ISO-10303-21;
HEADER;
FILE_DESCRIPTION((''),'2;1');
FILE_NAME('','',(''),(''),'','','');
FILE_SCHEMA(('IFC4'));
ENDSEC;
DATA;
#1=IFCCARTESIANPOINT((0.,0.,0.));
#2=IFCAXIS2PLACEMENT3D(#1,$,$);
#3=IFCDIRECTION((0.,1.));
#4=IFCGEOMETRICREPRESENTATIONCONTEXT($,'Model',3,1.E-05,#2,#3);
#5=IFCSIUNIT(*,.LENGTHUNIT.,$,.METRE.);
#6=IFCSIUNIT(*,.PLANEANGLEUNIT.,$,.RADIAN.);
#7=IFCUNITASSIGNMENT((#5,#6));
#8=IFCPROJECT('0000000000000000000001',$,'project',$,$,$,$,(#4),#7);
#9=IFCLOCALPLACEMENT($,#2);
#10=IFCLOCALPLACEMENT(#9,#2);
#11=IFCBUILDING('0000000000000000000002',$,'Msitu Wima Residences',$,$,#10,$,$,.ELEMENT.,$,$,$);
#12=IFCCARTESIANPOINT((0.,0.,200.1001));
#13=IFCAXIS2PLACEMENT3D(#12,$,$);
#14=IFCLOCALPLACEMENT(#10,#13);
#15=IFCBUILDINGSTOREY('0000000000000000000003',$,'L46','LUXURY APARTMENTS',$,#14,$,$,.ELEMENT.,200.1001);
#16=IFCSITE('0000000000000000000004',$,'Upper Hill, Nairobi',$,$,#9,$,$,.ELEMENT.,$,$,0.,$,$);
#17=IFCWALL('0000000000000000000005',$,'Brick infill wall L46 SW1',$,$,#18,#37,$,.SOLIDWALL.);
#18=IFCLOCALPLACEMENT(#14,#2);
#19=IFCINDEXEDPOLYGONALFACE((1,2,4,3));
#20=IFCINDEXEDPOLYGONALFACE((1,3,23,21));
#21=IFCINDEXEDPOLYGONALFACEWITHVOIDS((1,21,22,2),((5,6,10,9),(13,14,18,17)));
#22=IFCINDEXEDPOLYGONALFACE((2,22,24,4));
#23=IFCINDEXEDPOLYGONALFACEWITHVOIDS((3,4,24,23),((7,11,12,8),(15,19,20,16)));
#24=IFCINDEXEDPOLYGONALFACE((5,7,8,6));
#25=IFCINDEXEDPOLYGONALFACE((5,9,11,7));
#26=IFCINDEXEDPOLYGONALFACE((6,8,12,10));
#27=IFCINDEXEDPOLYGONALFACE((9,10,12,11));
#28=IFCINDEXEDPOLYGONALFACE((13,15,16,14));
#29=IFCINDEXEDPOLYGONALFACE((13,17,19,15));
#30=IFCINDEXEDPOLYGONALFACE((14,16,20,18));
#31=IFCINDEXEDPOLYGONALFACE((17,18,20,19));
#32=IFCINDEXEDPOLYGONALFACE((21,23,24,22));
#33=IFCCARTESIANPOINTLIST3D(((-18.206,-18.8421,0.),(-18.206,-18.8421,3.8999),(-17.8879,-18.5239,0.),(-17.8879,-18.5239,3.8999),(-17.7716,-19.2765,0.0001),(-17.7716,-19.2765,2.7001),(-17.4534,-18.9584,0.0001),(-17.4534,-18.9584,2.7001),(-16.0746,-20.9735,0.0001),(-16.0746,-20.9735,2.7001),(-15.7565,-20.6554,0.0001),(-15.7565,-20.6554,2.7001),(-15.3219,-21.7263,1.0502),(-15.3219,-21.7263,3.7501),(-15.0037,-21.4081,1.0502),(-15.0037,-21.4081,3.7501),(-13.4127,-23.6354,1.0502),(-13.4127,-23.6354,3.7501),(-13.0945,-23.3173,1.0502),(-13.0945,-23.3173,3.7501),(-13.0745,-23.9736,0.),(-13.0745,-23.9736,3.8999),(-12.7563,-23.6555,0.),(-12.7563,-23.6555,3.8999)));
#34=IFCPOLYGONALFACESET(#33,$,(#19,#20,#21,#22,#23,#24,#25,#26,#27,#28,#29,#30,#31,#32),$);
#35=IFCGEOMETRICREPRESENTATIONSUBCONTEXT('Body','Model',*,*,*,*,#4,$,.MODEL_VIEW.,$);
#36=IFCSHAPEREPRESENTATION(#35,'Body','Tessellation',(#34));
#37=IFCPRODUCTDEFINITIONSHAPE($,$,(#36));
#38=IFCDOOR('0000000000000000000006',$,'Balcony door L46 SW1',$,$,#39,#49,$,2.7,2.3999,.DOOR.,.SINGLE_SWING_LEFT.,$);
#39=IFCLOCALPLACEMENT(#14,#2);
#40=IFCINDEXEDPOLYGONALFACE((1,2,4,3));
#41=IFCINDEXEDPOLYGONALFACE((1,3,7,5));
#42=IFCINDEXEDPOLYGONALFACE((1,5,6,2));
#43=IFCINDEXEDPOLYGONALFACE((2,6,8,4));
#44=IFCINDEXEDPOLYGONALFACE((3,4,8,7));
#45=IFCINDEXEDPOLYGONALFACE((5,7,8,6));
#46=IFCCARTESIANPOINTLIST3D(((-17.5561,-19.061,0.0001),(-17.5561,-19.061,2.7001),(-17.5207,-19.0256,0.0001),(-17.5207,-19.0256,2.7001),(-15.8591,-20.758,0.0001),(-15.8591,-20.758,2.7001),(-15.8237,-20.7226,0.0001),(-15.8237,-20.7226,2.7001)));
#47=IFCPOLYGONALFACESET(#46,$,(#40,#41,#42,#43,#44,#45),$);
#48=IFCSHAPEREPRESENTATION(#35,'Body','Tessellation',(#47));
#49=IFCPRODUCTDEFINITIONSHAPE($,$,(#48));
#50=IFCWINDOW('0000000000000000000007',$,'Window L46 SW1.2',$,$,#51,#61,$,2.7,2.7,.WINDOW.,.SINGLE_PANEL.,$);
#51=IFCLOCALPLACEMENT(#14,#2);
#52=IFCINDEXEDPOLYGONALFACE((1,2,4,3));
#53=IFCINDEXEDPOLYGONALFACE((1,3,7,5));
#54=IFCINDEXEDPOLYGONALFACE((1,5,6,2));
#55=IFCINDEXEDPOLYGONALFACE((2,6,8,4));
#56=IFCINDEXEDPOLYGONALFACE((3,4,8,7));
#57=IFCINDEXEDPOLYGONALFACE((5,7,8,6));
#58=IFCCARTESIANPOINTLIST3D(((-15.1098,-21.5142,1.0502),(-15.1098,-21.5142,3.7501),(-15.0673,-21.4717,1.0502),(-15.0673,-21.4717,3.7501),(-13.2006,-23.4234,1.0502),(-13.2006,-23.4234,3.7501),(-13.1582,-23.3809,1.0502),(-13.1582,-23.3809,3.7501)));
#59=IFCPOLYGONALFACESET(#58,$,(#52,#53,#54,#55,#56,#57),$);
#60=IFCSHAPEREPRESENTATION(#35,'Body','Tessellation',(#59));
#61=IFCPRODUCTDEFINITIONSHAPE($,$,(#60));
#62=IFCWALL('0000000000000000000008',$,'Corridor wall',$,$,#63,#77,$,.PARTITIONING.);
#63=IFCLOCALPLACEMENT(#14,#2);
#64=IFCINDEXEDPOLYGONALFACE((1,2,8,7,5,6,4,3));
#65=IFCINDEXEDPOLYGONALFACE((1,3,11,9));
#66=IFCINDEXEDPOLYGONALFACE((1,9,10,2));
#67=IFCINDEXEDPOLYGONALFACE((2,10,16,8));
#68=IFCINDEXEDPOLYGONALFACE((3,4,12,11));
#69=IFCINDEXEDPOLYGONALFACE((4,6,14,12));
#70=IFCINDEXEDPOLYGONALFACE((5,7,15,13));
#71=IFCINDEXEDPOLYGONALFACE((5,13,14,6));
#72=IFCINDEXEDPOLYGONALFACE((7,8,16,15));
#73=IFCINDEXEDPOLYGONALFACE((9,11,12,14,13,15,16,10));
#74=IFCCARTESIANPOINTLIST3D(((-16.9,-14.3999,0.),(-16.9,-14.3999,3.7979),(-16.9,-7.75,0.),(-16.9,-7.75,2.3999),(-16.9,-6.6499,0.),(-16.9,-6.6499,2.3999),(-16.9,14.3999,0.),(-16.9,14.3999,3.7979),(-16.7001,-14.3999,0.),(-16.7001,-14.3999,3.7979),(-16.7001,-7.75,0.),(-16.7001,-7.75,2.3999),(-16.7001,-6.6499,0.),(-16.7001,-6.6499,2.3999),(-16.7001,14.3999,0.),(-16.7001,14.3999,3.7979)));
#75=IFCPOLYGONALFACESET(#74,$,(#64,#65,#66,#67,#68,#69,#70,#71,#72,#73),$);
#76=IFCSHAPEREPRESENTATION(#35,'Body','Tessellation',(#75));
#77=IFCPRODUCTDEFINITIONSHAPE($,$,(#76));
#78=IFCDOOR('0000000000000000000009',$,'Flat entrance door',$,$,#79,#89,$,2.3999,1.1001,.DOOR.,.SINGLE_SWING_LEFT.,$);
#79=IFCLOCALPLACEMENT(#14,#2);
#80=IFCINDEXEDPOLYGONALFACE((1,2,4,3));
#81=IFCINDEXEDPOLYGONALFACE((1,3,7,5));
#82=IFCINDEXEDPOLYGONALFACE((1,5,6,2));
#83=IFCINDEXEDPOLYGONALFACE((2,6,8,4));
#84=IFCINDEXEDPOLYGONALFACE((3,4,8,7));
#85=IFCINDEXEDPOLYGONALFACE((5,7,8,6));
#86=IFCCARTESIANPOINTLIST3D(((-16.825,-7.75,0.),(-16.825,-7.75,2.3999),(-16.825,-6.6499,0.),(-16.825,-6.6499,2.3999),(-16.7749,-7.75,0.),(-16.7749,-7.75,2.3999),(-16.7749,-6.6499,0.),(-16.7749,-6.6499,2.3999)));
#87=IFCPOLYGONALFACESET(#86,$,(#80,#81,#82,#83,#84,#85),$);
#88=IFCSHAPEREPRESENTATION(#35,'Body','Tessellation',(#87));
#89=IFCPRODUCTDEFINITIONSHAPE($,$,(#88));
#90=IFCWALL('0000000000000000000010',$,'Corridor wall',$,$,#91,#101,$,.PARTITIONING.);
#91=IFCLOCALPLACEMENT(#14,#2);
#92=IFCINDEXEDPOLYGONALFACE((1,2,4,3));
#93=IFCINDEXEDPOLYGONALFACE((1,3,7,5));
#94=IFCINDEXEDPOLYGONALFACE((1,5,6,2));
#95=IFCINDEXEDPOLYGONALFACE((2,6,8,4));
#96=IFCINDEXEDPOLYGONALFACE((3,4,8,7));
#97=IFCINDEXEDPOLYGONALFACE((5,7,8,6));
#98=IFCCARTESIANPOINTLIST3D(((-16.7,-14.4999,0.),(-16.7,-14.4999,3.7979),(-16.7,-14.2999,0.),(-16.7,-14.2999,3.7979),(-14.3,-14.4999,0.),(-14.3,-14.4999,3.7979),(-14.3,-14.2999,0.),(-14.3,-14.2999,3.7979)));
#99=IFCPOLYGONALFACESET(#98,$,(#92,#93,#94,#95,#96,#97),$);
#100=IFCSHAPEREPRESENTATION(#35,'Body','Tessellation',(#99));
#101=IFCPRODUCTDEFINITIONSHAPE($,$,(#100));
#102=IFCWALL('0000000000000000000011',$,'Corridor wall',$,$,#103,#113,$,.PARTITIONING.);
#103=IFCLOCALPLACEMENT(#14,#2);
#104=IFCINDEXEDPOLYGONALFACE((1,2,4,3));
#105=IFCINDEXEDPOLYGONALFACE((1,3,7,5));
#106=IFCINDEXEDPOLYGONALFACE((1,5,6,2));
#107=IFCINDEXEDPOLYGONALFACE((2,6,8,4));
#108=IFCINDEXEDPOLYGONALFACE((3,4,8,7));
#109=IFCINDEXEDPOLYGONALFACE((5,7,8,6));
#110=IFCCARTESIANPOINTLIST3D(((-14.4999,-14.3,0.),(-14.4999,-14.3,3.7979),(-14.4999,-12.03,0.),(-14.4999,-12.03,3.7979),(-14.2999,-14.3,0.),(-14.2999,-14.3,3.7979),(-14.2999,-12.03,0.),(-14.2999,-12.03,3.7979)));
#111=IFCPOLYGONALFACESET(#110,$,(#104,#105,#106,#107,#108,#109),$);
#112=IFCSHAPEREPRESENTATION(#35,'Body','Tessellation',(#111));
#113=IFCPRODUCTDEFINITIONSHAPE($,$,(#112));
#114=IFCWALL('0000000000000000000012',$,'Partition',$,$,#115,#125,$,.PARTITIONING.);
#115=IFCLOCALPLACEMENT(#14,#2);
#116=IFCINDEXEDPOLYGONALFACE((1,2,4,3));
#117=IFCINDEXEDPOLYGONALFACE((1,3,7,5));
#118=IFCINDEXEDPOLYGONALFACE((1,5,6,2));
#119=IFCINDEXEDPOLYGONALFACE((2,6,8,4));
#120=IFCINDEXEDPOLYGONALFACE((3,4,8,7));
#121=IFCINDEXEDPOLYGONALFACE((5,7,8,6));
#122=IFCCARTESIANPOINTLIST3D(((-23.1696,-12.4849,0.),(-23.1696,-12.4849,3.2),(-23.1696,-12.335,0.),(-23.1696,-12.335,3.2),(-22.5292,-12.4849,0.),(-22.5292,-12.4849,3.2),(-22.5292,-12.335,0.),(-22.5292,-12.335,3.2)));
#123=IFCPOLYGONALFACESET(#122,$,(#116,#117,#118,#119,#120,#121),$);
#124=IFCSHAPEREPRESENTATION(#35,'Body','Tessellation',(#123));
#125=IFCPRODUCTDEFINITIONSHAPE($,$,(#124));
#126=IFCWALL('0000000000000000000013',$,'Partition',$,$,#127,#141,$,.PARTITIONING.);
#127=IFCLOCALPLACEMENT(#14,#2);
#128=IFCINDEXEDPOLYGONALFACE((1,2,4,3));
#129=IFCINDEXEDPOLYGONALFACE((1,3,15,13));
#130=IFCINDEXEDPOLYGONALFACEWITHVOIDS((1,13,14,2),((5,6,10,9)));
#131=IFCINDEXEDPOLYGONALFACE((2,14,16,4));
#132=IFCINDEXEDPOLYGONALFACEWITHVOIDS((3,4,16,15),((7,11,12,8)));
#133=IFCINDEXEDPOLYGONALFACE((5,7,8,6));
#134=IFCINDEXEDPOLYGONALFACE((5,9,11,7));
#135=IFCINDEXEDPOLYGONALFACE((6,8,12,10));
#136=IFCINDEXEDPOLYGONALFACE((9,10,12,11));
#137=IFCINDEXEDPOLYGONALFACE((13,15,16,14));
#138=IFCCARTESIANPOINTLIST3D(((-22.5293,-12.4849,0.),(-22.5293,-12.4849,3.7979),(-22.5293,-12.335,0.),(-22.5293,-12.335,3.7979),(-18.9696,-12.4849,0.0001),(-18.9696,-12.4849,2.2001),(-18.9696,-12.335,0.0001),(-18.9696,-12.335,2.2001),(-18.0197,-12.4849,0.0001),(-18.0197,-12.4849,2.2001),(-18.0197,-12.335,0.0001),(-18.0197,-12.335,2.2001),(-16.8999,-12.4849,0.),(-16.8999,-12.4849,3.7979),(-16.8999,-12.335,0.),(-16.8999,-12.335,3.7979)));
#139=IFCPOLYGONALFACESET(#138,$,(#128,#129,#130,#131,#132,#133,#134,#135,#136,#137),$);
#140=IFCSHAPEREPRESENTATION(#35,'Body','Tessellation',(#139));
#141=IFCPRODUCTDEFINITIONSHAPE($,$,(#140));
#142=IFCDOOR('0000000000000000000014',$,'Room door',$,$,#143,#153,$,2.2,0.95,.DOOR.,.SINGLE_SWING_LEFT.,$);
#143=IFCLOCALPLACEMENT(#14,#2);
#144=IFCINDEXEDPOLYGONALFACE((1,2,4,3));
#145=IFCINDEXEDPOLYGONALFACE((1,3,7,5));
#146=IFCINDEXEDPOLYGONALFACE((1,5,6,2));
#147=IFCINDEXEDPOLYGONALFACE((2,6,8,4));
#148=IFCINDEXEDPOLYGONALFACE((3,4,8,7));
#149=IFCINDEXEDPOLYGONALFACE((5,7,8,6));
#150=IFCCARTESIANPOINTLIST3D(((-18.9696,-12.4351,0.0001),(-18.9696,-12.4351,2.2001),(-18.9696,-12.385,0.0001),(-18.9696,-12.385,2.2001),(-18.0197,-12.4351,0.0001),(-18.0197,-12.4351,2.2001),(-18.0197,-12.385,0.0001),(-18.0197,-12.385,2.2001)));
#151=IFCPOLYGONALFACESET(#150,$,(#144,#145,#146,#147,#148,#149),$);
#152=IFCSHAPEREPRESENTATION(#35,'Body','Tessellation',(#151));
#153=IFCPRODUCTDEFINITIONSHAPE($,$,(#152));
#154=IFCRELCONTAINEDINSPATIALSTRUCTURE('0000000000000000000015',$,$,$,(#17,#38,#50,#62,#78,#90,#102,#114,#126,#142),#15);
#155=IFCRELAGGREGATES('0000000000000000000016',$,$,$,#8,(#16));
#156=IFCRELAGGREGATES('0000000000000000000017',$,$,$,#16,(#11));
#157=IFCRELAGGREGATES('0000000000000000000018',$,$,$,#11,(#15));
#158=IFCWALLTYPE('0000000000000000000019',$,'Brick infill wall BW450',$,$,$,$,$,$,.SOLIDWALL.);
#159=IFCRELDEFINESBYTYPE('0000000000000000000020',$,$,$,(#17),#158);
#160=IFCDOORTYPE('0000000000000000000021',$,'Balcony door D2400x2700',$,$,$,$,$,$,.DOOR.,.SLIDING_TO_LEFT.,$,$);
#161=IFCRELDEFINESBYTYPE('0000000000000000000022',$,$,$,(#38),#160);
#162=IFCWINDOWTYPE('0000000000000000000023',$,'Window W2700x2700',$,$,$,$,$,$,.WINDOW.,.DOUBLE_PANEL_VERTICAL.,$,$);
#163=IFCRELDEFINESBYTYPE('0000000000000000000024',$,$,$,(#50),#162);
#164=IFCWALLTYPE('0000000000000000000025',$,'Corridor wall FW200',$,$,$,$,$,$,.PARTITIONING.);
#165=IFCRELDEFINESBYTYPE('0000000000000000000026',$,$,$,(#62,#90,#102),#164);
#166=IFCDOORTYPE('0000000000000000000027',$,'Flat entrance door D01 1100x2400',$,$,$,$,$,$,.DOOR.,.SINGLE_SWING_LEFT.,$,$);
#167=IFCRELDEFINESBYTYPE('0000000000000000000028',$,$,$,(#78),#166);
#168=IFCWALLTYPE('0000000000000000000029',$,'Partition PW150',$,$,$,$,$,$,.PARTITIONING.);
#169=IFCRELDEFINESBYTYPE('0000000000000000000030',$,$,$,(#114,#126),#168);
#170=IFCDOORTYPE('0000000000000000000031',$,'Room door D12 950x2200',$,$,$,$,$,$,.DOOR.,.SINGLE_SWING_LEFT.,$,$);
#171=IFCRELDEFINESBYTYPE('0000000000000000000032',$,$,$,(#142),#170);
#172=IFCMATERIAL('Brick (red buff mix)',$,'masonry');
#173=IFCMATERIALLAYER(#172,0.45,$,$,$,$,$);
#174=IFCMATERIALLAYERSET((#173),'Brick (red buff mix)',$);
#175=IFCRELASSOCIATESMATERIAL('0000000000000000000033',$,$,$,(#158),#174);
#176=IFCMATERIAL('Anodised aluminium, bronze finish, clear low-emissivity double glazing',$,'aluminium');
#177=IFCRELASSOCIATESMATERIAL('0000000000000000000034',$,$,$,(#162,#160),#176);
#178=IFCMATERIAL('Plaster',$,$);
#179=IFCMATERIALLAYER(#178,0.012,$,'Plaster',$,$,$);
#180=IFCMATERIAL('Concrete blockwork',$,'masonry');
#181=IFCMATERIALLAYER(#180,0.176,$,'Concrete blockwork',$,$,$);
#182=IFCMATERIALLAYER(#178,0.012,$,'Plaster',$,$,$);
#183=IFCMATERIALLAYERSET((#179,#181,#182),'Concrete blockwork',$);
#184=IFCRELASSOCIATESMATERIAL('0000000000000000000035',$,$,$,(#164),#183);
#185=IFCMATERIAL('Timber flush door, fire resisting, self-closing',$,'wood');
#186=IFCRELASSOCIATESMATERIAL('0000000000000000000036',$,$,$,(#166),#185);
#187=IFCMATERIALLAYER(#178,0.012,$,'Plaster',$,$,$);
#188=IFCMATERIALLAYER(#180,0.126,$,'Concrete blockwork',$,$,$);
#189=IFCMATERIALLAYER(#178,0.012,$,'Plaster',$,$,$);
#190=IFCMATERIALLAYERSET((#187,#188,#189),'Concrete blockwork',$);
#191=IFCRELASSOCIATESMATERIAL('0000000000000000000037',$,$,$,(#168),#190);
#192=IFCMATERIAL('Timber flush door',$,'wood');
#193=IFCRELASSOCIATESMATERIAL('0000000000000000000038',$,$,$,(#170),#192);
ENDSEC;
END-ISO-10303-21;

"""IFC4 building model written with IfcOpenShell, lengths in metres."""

from ifc_helpers import new_model, si_unit, direction, frame, frame_2d, origin, place, context, subcontext, project, spatial, rectangle, extrude, material, layer, layer_set, type_object, element, fill, save


model = new_model("IFC4")

# Units and contexts
model_context = context("Model", 3, precision=1e-05, world=origin(), true_north=direction((0.0, 1.0)))
body_context = subcontext(model_context, "Body", "Model", "MODEL_VIEW")
ifc_project = project(units=[si_unit("LENGTHUNIT", "METRE"), si_unit("PLANEANGLEUNIT", "RADIAN")], contexts=[model_context])

# Site, building, storey
site_placement = place(None, origin())
site = spatial("IfcSite", under=ifc_project, at=site_placement, Name="Upper Hill, Nairobi", CompositionType="ELEMENT", RefElevation=0.0)
building_placement = place(site_placement, origin())
building = spatial("IfcBuilding", under=site, at=building_placement, Name="Msitu Wima Residences", CompositionType="ELEMENT")
storey_placement = place(building_placement, frame((0.0, 0.0, 200.1001)))
storey = spatial("IfcBuildingStorey", under=building, at=storey_placement, Name="L46", Description="LUXURY APARTMENTS", CompositionType="ELEMENT", Elevation=200.1001)

# Shared definitions
ifc_material_1 = material(Name="Brick (red buff mix)", Category="masonry")
ifc_layer_1 = layer(ifc_material_1, 0.45)
ifc_layer_set_1 = layer_set([ifc_layer_1], Name="Brick (red buff mix)")
wall_type_1 = type_object("IfcWallType", Name="Brick infill wall BW450", PredefinedType="SOLIDWALL", material=ifc_layer_set_1)
ifc_material_2 = material(Name="Anodised aluminium, bronze finish, clear low-emissivity double glazing", Category="aluminium")
window_type = type_object("IfcWindowType", Name="Window W2700x2700", PartitioningType="DOUBLE_PANEL_VERTICAL", PredefinedType="WINDOW", material=ifc_material_2)

# Wall, openings, door, window
wall_1_placement = place(storey_placement, frame((-18.0469, -18.6831, 0.0), z_axis=(0.0, 0.0, 1.0), x_axis=(0.707107, -0.707107, 0.0)))
wall_1 = element("IfcWall", 1, at=wall_1_placement, inside=storey, type_object=wall_type_1, Name="Brick infill wall L46 SW1", PredefinedType="SOLIDWALL", context=body_context, shape_type="SweptSolid", body=[
    extrude(rectangle(XDim=7.2571, YDim=0.45, at=frame_2d((3.6284, 0.0))), origin(), (0.0, 0.0, 1.0), 3.8999),
])
opening_1_placement = place(wall_1_placement, frame((0.6143, 0.0, 0.0)))
opening_1 = element("IfcOpeningElement", 2, at=opening_1_placement, cuts=wall_1, PredefinedType="OPENING", context=body_context, shape_type="SweptSolid", body=[
    extrude(rectangle(XDim=2.3999, YDim=2.7, at=frame_2d((1.2, 1.3501))), frame((0.0, 0.2349, 0.0), z_axis=(0.0, -1.0, 0.0), x_axis=(1.0, 0.0, 0.0)), (0.0, 0.0, 1.0), 0.47),
])
opening_2_placement = place(wall_1_placement, frame((4.0786, 0.0, 1.05)))
opening_2 = element("IfcOpeningElement", 3, at=opening_2_placement, cuts=wall_1, PredefinedType="OPENING", context=body_context, shape_type="SweptSolid", body=[
    extrude(rectangle(XDim=2.7, YDim=2.7, at=frame_2d((1.3501, 1.3501))), frame((0.0, 0.2349, 0.0), z_axis=(0.0, -1.0, 0.0), x_axis=(1.0, 0.0, 0.0)), (0.0, 0.0, 1.0), 0.47),
])
door_type_1 = type_object("IfcDoorType", Name="Balcony door D2400x2700", OperationType="SLIDING_TO_LEFT", PredefinedType="DOOR", material=ifc_material_2)
door_1_placement = place(opening_1_placement, origin())
door_1 = element("IfcDoor", 4, at=door_1_placement, inside=storey, type_object=door_type_1, Name="Balcony door L46 SW1", OperationType="SINGLE_SWING_LEFT", OverallHeight=2.7, OverallWidth=2.3999, PredefinedType="DOOR", context=body_context, shape_type="SweptSolid", body=[
    extrude(rectangle(XDim=2.3999, YDim=2.7, at=frame_2d((1.2, 1.3501))), frame((0.0, 0.1299, 0.0), z_axis=(0.0, -1.0, 0.0), x_axis=(1.0, 0.0, 0.0)), (0.0, 0.0, 1.0), 0.05),
])
fill(opening_1, door_1)
window_1_placement = place(opening_2_placement, origin())
window_1 = element("IfcWindow", 5, at=window_1_placement, inside=storey, type_object=window_type, Name="Window L46 SW1.2", OverallHeight=2.7, OverallWidth=2.7, PartitioningType="SINGLE_PANEL", PredefinedType="WINDOW", context=body_context, shape_type="SweptSolid", body=[
    extrude(rectangle(XDim=2.7, YDim=2.7, at=frame_2d((1.3501, 1.3501))), frame((0.0, 0.135, 0.0), z_axis=(0.0, -1.0, 0.0), x_axis=(1.0, 0.0, 0.0)), (0.0, 0.0, 1.0), 0.0601),
])
fill(opening_2, window_1)

# Wall, opening, door
ifc_material_3 = material(Name="Plaster")
ifc_layer_2 = layer(ifc_material_3, 0.012, Name="Plaster")
ifc_material_4 = material(Name="Concrete blockwork", Category="masonry")
ifc_layer_3 = layer(ifc_material_4, 0.176, Name="Concrete blockwork")
ifc_layer_4 = layer(ifc_material_3, 0.012, Name="Plaster")
ifc_layer_set_2 = layer_set([ifc_layer_2, ifc_layer_3, ifc_layer_4], Name="Concrete blockwork")
wall_type_2 = type_object("IfcWallType", Name="Corridor wall FW200", PredefinedType="PARTITIONING", material=ifc_layer_set_2)
wall_2_placement = place(storey_placement, frame((-16.8, -14.3999, 0.0), z_axis=(0.0, 0.0, 1.0), x_axis=(0.0, 1.0, 0.0)))
wall_2 = element("IfcWall", 6, at=wall_2_placement, inside=storey, type_object=wall_type_2, Name="Corridor wall", PredefinedType="PARTITIONING", context=body_context, shape_type="SweptSolid", body=[
    extrude(rectangle(XDim=28.7998, YDim=0.2, at=frame_2d((14.3999, 0.0))), origin(), (0.0, 0.0, 1.0), 3.7979),
])
opening_3_placement = place(wall_2_placement, frame((6.6499, 0.0, 0.0)))
opening_3 = element("IfcOpeningElement", 7, at=opening_3_placement, cuts=wall_2, PredefinedType="OPENING", context=body_context, shape_type="SweptSolid", body=[
    extrude(rectangle(XDim=1.1001, YDim=2.3999, at=frame_2d((0.55, 1.2))), frame((0.0, 0.1099, 0.0), z_axis=(0.0, -1.0, 0.0), x_axis=(1.0, 0.0, 0.0)), (0.0, 0.0, 1.0), 0.22),
])
ifc_material_5 = material(Name="Timber flush door, fire resisting, self-closing", Category="wood")
door_type_2 = type_object("IfcDoorType", Name="Flat entrance door D01 1100x2400", OperationType="SINGLE_SWING_LEFT", PredefinedType="DOOR", material=ifc_material_5)
door_2_placement = place(opening_3_placement, origin())
door_2 = element("IfcDoor", 8, at=door_2_placement, inside=storey, type_object=door_type_2, Name="Flat entrance door", OperationType="SINGLE_SWING_LEFT", OverallHeight=2.3999, OverallWidth=1.1001, PredefinedType="DOOR", context=body_context, shape_type="SweptSolid", body=[
    extrude(rectangle(XDim=1.1001, YDim=2.3999, at=frame_2d((0.55, 1.2))), frame((0.0, 0.0249, 0.0), z_axis=(0.0, -1.0, 0.0), x_axis=(1.0, 0.0, 0.0)), (0.0, 0.0, 1.0), 0.05),
])
fill(opening_3, door_2)

# Walls
wall_3_placement = place(storey_placement, frame((-16.7, -14.3999, 0.0), z_axis=(0.0, 0.0, 1.0), x_axis=(1.0, 0.0, 0.0)))
element("IfcWall", 9, at=wall_3_placement, inside=storey, type_object=wall_type_2, Name="Corridor wall", PredefinedType="PARTITIONING", context=body_context, shape_type="SweptSolid", body=[
    extrude(rectangle(XDim=2.3999, YDim=0.2, at=frame_2d((1.2, 0.0))), origin(), (0.0, 0.0, 1.0), 3.7979),
])
wall_4_placement = place(storey_placement, frame((-14.3999, -14.3, 0.0), z_axis=(0.0, 0.0, 1.0), x_axis=(0.0, 1.0, 0.0)))
element("IfcWall", 10, at=wall_4_placement, inside=storey, type_object=wall_type_2, Name="Corridor wall", PredefinedType="PARTITIONING", context=body_context, shape_type="SweptSolid", body=[
    extrude(rectangle(XDim=2.27, YDim=0.2, at=frame_2d((1.135, 0.0))), origin(), (0.0, 0.0, 1.0), 3.7979),
])
ifc_layer_5 = layer(ifc_material_3, 0.012, Name="Plaster")
ifc_layer_6 = layer(ifc_material_4, 0.126, Name="Concrete blockwork")
ifc_layer_7 = layer(ifc_material_3, 0.012, Name="Plaster")
ifc_layer_set_3 = layer_set([ifc_layer_5, ifc_layer_6, ifc_layer_7], Name="Concrete blockwork")
wall_type_3 = type_object("IfcWallType", Name="Partition PW150", PredefinedType="PARTITIONING", material=ifc_layer_set_3)
wall_5_placement = place(storey_placement, frame((-23.1697, -12.4099, 0.0), z_axis=(0.0, 0.0, 1.0), x_axis=(1.0, 0.0, 0.0)))
element("IfcWall", 11, at=wall_5_placement, inside=storey, type_object=wall_type_3, Name="Partition", PredefinedType="PARTITIONING", context=body_context, shape_type="SweptSolid", body=[
    extrude(rectangle(XDim=0.6404, YDim=0.1499, at=frame_2d((0.3203, 0.0))), origin(), (0.0, 0.0, 1.0), 3.2),
])

# Wall, opening, door
wall_6_placement = place(storey_placement, frame((-22.5293, -12.4099, 0.0), z_axis=(0.0, 0.0, 1.0), x_axis=(1.0, 0.0, 0.0)))
wall_6 = element("IfcWall", 12, at=wall_6_placement, inside=storey, type_object=wall_type_3, Name="Partition", PredefinedType="PARTITIONING", context=body_context, shape_type="SweptSolid", body=[
    extrude(rectangle(XDim=5.6294, YDim=0.1499, at=frame_2d((2.8147, 0.0))), origin(), (0.0, 0.0, 1.0), 3.7979),
])
opening_4_placement = place(wall_6_placement, frame((3.5596, 0.0, 0.0)))
opening_4 = element("IfcOpeningElement", 13, at=opening_4_placement, cuts=wall_6, PredefinedType="OPENING", context=body_context, shape_type="SweptSolid", body=[
    extrude(rectangle(XDim=0.95, YDim=2.2, at=frame_2d((0.4751, 1.1001))), frame((0.0, 0.085, 0.0), z_axis=(0.0, -1.0, 0.0), x_axis=(1.0, 0.0, 0.0)), (0.0, 0.0, 1.0), 0.1699),
])
ifc_material_6 = material(Name="Timber flush door", Category="wood")
door_type_3 = type_object("IfcDoorType", Name="Room door D12 950x2200", OperationType="SINGLE_SWING_LEFT", PredefinedType="DOOR", material=ifc_material_6)
door_3_placement = place(opening_4_placement, origin())
door_3 = element("IfcDoor", 14, at=door_3_placement, inside=storey, type_object=door_type_3, Name="Room door", OperationType="SINGLE_SWING_LEFT", OverallHeight=2.2, OverallWidth=0.95, PredefinedType="DOOR", context=body_context, shape_type="SweptSolid", body=[
    extrude(rectangle(XDim=0.95, YDim=2.2, at=frame_2d((0.4751, 1.1001))), frame((0.0, 0.0249, 0.0), z_axis=(0.0, -1.0, 0.0), x_axis=(1.0, 0.0, 0.0)), (0.0, 0.0, 1.0), 0.05),
])
fill(opening_4, door_3)

save(model, "model.ifc")
